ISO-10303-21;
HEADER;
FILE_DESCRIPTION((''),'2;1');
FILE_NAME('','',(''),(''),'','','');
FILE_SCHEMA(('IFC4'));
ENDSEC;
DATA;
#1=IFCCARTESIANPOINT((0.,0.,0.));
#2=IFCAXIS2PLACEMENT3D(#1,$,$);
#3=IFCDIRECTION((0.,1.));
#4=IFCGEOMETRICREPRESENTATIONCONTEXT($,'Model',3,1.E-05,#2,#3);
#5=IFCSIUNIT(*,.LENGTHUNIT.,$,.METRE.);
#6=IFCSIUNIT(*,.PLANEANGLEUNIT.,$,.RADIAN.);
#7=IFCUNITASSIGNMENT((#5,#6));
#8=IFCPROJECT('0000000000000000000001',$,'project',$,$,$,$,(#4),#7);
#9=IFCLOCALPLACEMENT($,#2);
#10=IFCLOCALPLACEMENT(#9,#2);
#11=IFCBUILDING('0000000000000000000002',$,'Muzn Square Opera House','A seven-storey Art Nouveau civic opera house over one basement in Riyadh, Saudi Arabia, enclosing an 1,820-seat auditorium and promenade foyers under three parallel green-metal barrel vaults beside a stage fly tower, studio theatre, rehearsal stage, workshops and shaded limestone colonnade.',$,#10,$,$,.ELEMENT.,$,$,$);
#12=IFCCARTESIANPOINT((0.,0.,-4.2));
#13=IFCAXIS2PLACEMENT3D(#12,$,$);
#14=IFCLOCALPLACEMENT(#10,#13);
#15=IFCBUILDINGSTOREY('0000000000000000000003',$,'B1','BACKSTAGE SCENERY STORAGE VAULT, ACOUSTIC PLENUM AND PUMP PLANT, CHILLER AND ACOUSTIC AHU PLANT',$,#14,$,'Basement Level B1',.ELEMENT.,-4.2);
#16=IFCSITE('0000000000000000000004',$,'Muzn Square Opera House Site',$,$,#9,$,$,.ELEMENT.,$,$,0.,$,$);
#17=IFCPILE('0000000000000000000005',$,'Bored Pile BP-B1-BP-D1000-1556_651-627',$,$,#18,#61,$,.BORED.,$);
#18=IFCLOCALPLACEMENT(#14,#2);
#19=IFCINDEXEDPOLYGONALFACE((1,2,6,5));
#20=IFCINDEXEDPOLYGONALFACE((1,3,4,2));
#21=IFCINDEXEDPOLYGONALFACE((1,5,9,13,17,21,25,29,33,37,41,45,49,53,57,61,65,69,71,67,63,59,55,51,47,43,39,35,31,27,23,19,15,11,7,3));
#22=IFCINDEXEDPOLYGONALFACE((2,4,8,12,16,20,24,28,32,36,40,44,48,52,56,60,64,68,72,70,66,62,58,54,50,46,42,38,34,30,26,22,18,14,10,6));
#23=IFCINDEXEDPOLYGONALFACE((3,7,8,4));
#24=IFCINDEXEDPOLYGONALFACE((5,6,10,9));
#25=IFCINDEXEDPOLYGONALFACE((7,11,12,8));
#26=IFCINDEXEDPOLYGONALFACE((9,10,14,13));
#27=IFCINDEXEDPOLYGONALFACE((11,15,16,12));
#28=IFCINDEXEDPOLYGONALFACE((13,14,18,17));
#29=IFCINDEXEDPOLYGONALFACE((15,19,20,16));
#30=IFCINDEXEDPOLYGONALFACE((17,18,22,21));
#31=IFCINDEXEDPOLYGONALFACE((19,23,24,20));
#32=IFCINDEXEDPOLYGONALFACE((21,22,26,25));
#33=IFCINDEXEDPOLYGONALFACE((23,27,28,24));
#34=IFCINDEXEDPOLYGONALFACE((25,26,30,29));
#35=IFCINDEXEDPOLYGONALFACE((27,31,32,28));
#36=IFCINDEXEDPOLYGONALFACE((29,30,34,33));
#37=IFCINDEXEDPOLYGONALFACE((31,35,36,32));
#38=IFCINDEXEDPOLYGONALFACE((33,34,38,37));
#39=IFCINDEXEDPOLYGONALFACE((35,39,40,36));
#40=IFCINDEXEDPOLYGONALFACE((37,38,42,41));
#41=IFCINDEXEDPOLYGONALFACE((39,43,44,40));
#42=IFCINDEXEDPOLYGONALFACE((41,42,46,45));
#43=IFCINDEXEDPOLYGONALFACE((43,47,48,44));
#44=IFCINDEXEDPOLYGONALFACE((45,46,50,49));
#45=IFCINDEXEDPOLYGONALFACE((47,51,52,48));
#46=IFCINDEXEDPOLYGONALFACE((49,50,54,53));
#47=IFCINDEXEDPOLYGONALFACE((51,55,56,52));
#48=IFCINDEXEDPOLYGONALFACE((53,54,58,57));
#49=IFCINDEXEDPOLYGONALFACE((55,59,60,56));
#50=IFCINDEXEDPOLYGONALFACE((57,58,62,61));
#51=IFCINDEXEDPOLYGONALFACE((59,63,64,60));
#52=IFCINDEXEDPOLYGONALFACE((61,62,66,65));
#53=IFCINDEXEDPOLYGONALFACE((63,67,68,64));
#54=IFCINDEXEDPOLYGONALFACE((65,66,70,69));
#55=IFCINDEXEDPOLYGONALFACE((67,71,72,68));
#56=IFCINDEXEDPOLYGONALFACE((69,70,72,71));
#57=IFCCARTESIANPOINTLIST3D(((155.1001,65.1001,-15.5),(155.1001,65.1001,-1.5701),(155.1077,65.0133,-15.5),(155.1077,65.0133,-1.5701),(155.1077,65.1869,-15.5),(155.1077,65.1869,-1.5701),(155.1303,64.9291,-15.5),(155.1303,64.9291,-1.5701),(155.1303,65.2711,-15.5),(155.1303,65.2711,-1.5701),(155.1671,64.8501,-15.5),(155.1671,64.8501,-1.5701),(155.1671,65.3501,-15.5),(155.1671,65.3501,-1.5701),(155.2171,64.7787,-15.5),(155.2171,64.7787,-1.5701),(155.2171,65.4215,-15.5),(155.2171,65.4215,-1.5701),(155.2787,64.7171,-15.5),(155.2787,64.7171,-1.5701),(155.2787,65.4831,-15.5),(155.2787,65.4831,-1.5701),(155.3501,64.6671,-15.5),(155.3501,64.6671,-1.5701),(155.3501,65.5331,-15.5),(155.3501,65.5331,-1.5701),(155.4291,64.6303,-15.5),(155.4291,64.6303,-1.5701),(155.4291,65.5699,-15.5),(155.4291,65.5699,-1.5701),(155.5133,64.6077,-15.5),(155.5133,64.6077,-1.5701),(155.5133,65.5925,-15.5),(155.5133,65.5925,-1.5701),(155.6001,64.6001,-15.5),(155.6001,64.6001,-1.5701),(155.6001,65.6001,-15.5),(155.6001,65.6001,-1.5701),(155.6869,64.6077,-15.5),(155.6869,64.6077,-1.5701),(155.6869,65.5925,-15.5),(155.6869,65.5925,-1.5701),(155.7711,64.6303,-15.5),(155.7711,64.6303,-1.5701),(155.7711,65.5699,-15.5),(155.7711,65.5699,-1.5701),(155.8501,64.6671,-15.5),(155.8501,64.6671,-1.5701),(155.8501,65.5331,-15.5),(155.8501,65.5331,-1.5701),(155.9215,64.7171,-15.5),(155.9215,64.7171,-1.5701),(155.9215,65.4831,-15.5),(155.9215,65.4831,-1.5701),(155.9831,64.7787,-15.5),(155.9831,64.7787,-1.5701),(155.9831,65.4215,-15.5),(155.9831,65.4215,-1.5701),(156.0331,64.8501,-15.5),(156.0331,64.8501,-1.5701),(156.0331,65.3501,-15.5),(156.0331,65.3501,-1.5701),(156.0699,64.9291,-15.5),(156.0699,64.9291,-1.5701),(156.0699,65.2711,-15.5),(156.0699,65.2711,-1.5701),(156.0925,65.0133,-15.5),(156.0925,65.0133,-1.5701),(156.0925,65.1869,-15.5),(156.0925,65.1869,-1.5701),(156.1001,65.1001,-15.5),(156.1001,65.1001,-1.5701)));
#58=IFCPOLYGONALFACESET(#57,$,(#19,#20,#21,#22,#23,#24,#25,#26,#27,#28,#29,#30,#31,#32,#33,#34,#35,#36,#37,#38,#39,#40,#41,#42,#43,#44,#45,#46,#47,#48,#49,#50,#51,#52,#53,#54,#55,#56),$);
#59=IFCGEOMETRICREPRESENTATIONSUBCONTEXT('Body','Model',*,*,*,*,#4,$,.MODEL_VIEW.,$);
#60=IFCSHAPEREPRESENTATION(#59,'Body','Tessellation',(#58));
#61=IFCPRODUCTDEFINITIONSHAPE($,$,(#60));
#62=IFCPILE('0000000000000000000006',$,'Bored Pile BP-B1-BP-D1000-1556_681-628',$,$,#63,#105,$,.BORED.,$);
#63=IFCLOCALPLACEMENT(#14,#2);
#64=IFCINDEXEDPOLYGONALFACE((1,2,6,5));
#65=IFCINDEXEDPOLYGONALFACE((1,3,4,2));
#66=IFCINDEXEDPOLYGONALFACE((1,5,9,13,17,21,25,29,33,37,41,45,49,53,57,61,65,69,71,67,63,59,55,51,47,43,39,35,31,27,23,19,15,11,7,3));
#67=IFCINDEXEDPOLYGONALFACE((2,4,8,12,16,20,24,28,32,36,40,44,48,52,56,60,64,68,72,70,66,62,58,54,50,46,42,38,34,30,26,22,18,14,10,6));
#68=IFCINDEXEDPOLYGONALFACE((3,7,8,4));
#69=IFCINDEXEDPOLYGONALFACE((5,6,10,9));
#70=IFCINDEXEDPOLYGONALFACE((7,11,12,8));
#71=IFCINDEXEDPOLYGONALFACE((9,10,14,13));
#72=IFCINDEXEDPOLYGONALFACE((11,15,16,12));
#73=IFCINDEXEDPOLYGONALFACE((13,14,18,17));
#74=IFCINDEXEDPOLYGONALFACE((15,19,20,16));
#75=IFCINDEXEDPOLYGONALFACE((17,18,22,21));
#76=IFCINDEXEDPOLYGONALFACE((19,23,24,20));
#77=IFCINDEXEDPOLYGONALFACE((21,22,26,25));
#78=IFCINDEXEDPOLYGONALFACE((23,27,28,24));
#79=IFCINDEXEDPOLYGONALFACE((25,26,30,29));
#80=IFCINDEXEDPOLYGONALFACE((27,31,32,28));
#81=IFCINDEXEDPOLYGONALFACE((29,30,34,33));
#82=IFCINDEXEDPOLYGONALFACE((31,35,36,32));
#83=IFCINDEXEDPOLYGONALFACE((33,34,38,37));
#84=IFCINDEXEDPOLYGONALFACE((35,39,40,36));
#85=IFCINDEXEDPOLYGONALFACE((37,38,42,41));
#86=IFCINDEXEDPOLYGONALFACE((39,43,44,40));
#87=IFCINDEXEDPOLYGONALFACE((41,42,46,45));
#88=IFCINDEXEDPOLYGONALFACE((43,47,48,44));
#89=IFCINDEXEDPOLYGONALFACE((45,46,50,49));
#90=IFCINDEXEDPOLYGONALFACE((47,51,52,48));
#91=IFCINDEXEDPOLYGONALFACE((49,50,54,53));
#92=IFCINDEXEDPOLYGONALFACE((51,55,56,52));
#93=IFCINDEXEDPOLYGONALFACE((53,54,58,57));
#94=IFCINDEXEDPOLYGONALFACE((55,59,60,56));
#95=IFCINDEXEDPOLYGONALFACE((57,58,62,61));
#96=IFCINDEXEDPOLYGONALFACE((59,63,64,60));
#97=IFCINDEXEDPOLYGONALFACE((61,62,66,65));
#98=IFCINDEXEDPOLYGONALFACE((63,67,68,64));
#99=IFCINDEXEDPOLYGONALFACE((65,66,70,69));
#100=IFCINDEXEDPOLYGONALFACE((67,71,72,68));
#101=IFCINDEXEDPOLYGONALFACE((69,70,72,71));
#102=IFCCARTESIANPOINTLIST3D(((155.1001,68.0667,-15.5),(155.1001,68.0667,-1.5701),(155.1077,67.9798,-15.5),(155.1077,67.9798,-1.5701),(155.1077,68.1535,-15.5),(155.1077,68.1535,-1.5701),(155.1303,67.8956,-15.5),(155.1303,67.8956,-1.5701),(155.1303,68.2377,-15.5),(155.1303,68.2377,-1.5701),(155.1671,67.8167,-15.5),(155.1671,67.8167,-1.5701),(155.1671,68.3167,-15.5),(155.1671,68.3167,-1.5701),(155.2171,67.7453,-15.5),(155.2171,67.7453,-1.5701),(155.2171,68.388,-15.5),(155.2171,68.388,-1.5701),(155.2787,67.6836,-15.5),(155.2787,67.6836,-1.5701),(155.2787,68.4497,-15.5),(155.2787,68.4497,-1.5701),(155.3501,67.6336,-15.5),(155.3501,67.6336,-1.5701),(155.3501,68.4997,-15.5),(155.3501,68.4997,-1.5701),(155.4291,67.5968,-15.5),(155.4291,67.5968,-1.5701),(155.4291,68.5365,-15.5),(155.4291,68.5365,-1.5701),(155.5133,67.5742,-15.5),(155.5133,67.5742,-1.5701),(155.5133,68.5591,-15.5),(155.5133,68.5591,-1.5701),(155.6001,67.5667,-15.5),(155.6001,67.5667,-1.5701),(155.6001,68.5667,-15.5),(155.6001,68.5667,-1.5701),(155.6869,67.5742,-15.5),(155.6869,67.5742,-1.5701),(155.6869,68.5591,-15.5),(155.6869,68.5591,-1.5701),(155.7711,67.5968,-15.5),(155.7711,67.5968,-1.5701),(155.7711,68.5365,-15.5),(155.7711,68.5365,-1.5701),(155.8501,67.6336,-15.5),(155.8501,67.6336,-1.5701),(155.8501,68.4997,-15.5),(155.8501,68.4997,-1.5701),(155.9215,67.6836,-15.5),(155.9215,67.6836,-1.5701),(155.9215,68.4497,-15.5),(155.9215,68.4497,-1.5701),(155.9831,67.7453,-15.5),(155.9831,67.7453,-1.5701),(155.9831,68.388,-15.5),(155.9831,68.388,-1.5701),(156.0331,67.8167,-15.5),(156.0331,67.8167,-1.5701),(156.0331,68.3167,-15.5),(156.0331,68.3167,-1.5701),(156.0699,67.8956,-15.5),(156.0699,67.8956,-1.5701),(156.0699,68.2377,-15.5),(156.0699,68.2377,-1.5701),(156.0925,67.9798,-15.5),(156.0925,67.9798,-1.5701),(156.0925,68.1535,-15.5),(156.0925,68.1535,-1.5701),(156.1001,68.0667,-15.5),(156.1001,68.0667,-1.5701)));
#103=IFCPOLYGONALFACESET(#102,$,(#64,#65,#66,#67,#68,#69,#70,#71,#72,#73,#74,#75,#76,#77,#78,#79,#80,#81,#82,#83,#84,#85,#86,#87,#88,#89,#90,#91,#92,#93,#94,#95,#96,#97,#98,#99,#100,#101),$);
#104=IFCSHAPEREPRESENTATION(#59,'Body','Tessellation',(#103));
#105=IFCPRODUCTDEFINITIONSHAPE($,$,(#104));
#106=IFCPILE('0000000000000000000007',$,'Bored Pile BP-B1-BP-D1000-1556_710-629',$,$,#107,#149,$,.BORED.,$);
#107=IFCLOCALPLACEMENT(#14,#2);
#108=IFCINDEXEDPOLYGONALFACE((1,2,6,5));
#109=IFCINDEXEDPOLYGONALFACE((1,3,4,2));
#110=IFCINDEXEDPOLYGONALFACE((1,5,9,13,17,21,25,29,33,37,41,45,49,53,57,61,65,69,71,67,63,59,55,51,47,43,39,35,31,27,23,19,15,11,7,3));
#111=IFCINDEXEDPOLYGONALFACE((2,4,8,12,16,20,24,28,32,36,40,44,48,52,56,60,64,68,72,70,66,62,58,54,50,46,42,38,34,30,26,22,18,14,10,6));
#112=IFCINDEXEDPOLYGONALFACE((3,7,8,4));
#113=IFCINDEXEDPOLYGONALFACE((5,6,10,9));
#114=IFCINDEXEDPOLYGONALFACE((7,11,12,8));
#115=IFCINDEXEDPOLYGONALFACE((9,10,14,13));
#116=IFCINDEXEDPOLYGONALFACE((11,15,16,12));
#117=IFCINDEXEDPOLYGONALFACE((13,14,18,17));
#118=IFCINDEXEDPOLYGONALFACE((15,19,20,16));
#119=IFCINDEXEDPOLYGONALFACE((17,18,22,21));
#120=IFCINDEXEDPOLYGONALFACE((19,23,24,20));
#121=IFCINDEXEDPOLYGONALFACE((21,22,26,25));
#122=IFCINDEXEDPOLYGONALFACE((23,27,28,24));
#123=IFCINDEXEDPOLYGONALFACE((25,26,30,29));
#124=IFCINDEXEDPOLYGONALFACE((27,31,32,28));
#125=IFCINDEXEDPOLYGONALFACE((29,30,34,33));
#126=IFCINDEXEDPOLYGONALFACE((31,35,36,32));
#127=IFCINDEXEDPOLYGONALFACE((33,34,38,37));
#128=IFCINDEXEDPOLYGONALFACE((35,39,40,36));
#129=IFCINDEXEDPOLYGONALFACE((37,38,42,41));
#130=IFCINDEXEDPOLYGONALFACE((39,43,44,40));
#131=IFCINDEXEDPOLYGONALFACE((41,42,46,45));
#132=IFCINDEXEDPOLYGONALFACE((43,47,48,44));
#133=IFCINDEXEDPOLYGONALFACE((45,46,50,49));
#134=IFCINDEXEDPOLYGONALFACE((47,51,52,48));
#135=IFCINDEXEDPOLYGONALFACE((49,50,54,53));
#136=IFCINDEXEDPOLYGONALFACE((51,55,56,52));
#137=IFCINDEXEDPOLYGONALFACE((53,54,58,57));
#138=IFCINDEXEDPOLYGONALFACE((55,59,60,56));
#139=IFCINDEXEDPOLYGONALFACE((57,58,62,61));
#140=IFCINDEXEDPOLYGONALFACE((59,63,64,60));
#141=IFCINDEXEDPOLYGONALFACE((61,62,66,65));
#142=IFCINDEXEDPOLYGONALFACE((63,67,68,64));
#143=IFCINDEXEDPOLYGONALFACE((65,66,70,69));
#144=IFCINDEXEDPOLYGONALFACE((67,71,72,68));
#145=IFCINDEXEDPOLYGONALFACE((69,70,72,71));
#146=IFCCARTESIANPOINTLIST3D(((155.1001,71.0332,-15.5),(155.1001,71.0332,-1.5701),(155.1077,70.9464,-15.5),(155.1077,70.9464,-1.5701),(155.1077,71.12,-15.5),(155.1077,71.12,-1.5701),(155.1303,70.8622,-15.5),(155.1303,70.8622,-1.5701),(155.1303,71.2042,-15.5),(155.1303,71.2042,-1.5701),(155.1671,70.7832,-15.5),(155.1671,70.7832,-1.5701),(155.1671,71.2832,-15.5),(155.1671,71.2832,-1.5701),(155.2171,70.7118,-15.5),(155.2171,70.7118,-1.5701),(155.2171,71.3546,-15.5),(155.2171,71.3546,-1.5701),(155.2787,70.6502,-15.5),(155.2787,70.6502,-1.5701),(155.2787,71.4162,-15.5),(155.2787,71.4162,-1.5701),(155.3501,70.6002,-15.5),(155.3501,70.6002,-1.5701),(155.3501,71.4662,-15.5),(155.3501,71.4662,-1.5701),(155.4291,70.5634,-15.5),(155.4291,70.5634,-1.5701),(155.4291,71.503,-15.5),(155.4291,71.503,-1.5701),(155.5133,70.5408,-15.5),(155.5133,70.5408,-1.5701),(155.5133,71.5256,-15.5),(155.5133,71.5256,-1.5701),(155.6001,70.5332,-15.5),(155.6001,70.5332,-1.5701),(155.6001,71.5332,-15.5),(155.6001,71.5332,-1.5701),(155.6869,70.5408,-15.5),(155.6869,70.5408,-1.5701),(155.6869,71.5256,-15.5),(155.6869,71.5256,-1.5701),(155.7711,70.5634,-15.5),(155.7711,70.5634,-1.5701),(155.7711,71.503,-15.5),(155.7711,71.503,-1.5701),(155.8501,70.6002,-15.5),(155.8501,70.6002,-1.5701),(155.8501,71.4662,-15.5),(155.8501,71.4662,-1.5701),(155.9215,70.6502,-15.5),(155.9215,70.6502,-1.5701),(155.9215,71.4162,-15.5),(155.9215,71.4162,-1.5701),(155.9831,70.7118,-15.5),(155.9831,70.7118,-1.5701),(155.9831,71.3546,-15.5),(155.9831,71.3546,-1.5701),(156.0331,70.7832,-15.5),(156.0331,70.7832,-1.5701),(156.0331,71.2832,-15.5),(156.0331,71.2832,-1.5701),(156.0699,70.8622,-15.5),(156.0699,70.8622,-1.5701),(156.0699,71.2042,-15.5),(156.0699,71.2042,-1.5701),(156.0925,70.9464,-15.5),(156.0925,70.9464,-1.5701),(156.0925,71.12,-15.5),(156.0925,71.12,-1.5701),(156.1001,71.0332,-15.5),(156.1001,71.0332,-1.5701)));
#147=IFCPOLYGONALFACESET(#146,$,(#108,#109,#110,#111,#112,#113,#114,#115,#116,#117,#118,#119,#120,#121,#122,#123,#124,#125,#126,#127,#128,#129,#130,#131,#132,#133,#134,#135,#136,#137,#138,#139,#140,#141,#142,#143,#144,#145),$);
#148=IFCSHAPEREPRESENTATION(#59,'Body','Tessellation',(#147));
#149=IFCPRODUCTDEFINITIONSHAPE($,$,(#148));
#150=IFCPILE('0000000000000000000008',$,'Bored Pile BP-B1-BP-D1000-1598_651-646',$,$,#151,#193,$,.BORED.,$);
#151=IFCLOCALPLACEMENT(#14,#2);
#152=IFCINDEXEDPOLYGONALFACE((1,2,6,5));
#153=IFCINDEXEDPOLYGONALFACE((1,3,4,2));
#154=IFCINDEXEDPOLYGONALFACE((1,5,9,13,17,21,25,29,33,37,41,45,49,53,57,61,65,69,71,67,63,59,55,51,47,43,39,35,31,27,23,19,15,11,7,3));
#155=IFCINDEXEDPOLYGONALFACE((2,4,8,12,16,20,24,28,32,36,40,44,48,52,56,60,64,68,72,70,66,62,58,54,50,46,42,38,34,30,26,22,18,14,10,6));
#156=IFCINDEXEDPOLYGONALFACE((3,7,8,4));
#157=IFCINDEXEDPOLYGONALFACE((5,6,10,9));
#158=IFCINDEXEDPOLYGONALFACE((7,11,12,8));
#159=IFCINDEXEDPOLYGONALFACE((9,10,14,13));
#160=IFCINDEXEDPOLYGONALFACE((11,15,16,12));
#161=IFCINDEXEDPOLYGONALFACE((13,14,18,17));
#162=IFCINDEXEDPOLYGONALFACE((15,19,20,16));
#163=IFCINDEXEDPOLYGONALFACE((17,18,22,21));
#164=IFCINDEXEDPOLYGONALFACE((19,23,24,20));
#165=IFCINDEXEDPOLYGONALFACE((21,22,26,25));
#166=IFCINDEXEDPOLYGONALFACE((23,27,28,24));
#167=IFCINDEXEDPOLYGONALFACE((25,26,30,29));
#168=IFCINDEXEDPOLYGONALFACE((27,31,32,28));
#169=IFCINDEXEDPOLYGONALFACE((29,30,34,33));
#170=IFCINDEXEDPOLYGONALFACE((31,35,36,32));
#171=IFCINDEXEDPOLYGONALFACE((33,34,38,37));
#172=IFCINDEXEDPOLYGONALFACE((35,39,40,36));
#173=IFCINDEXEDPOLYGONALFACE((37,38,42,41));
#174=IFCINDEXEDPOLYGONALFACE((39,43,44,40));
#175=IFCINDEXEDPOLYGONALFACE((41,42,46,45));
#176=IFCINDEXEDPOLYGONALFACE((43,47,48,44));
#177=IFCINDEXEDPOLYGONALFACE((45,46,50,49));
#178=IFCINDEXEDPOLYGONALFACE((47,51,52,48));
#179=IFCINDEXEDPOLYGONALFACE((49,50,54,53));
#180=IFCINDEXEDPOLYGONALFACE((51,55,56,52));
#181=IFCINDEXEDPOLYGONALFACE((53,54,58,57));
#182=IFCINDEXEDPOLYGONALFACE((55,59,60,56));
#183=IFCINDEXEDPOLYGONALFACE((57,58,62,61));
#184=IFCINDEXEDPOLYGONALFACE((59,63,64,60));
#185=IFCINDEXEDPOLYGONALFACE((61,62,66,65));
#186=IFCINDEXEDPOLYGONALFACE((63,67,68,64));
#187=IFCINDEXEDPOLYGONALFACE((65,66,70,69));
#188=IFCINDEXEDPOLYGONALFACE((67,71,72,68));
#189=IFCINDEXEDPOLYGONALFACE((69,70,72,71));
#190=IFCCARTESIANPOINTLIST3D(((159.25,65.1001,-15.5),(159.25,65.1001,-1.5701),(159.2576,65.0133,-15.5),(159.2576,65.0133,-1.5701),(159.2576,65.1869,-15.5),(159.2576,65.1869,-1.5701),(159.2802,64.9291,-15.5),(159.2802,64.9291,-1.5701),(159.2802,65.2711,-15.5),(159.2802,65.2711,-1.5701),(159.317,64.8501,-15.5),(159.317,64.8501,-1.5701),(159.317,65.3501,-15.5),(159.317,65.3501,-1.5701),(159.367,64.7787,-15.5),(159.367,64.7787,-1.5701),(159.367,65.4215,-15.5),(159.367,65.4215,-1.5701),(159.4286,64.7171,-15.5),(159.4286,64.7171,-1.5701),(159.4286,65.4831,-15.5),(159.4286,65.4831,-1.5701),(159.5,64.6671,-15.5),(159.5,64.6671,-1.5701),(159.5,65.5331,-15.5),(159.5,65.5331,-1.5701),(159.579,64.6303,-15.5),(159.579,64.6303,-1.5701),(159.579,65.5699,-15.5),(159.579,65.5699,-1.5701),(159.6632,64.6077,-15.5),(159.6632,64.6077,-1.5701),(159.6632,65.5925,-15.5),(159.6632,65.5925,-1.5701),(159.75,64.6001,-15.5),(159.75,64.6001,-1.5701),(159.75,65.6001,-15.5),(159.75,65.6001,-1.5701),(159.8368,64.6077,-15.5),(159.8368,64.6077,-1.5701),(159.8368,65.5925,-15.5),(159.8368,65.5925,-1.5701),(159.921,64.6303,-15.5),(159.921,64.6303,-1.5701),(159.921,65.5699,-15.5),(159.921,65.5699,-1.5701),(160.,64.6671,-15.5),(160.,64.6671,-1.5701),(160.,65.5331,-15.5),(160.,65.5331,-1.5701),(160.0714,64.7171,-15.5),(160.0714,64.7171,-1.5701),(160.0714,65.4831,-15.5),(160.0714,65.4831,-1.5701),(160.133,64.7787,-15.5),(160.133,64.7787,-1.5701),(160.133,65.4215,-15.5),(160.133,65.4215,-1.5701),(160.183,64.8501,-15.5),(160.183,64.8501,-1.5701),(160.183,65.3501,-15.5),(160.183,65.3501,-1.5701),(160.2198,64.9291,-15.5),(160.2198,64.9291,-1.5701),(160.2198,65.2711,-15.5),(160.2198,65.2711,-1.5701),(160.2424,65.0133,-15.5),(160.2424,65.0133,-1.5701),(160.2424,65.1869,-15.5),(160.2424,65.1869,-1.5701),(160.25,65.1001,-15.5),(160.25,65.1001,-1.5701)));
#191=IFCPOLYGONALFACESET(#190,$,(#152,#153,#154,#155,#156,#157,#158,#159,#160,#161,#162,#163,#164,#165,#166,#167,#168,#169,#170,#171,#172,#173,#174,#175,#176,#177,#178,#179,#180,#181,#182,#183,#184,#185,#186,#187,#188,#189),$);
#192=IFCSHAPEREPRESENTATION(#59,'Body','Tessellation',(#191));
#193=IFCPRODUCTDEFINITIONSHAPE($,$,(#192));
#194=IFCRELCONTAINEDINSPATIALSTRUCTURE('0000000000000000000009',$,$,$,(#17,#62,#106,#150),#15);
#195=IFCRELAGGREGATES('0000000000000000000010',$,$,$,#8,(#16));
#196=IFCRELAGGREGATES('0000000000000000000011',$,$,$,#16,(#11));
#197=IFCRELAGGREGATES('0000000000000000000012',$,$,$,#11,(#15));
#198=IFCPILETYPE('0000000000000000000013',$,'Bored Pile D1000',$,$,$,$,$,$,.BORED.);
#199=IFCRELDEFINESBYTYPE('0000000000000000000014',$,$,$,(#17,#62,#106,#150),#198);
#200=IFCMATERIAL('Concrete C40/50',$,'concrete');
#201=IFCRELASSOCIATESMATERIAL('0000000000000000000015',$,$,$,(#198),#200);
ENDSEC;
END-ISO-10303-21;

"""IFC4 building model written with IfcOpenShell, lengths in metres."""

from ifc_helpers import new_model, si_unit, direction, frame, origin, origin_2d, place, context, subcontext, project, spatial, circle, extrude, material, material_profile, profile_set, type_object, element, save


model = new_model("IFC4")

# Units and contexts
model_context = context("Model", 3, precision=1e-05, world=origin(), true_north=direction((0.0, 1.0)))
body_context = subcontext(model_context, "Body", "Model", "MODEL_VIEW")
ifc_project = project(units=[si_unit("LENGTHUNIT", "METRE"), si_unit("PLANEANGLEUNIT", "RADIAN")], contexts=[model_context])

# Site, building, storey
site_placement = place(None, origin())
site = spatial("IfcSite", under=ifc_project, at=site_placement, Name="Muzn Square Opera House Site", CompositionType="ELEMENT", RefElevation=0.0)
building_placement = place(site_placement, origin())
building = spatial("IfcBuilding", under=site, at=building_placement, Name="Muzn Square Opera House", Description="A seven-storey Art Nouveau civic opera house over one basement in Riyadh, Saudi Arabia, enclosing an 1,820-seat auditorium and promenade foyers under three parallel green-metal barrel vaults beside a stage fly tower, studio theatre, rehearsal stage, workshops and shaded limestone colonnade.", CompositionType="ELEMENT")
storey_placement = place(building_placement, frame((0.0, 0.0, -4.2)))
storey = spatial("IfcBuildingStorey", under=building, at=storey_placement, Name="B1", Description="BACKSTAGE SCENERY STORAGE VAULT, ACOUSTIC PLENUM AND PUMP PLANT, CHILLER AND ACOUSTIC AHU PLANT", LongName="Basement Level B1", CompositionType="ELEMENT", Elevation=-4.2)

# Piles
ifc_material_1 = material(Name="Concrete C40/50", Category="concrete")
ifc_material_profile_1 = material_profile(ifc_material_1, circle(Radius=0.5, at=origin_2d()), Name="BORED PILE D1000", Category="concrete")
ifc_profile_set_1 = profile_set([ifc_material_profile_1], Name="Concrete C40/50")
pile_type = type_object("IfcPileType", Name="Bored Pile D1000", PredefinedType="BORED", material=ifc_profile_set_1)
for number, where, z_axis, x_axis, name in (
    (1, (155.6001, 65.1001, -1.5701), (0.0, 0.0, -1.0), (1.0, 0.0, 0.0), "Bored Pile BP-B1-BP-D1000-1556_651-627"),
    (2, (155.6001, 68.0667, -1.5701), (0.0, 0.0, -1.0), (1.0, 0.0, 0.0), "Bored Pile BP-B1-BP-D1000-1556_681-628"),
    (3, (155.6001, 71.0332, -1.5701), (0.0, 0.0, -1.0), (1.0, 0.0, 0.0), "Bored Pile BP-B1-BP-D1000-1556_710-629"),
    (4, (159.75, 65.1001, -1.5701), (0.0, 0.0, -1.0), (1.0, 0.0, 0.0), "Bored Pile BP-B1-BP-D1000-1598_651-646"),
):
    element("IfcPile", number, at=place(storey_placement, frame(where, z_axis=z_axis, x_axis=x_axis)), inside=storey, type_object=pile_type, Name=name, PredefinedType="BORED", context=body_context, shape_type="SweptSolid", body=[
        extrude(circle(Radius=0.5, at=origin_2d()), origin(), (0.0, 0.0, 1.0), 13.9299),
    ])

save(model, "model.ifc")
